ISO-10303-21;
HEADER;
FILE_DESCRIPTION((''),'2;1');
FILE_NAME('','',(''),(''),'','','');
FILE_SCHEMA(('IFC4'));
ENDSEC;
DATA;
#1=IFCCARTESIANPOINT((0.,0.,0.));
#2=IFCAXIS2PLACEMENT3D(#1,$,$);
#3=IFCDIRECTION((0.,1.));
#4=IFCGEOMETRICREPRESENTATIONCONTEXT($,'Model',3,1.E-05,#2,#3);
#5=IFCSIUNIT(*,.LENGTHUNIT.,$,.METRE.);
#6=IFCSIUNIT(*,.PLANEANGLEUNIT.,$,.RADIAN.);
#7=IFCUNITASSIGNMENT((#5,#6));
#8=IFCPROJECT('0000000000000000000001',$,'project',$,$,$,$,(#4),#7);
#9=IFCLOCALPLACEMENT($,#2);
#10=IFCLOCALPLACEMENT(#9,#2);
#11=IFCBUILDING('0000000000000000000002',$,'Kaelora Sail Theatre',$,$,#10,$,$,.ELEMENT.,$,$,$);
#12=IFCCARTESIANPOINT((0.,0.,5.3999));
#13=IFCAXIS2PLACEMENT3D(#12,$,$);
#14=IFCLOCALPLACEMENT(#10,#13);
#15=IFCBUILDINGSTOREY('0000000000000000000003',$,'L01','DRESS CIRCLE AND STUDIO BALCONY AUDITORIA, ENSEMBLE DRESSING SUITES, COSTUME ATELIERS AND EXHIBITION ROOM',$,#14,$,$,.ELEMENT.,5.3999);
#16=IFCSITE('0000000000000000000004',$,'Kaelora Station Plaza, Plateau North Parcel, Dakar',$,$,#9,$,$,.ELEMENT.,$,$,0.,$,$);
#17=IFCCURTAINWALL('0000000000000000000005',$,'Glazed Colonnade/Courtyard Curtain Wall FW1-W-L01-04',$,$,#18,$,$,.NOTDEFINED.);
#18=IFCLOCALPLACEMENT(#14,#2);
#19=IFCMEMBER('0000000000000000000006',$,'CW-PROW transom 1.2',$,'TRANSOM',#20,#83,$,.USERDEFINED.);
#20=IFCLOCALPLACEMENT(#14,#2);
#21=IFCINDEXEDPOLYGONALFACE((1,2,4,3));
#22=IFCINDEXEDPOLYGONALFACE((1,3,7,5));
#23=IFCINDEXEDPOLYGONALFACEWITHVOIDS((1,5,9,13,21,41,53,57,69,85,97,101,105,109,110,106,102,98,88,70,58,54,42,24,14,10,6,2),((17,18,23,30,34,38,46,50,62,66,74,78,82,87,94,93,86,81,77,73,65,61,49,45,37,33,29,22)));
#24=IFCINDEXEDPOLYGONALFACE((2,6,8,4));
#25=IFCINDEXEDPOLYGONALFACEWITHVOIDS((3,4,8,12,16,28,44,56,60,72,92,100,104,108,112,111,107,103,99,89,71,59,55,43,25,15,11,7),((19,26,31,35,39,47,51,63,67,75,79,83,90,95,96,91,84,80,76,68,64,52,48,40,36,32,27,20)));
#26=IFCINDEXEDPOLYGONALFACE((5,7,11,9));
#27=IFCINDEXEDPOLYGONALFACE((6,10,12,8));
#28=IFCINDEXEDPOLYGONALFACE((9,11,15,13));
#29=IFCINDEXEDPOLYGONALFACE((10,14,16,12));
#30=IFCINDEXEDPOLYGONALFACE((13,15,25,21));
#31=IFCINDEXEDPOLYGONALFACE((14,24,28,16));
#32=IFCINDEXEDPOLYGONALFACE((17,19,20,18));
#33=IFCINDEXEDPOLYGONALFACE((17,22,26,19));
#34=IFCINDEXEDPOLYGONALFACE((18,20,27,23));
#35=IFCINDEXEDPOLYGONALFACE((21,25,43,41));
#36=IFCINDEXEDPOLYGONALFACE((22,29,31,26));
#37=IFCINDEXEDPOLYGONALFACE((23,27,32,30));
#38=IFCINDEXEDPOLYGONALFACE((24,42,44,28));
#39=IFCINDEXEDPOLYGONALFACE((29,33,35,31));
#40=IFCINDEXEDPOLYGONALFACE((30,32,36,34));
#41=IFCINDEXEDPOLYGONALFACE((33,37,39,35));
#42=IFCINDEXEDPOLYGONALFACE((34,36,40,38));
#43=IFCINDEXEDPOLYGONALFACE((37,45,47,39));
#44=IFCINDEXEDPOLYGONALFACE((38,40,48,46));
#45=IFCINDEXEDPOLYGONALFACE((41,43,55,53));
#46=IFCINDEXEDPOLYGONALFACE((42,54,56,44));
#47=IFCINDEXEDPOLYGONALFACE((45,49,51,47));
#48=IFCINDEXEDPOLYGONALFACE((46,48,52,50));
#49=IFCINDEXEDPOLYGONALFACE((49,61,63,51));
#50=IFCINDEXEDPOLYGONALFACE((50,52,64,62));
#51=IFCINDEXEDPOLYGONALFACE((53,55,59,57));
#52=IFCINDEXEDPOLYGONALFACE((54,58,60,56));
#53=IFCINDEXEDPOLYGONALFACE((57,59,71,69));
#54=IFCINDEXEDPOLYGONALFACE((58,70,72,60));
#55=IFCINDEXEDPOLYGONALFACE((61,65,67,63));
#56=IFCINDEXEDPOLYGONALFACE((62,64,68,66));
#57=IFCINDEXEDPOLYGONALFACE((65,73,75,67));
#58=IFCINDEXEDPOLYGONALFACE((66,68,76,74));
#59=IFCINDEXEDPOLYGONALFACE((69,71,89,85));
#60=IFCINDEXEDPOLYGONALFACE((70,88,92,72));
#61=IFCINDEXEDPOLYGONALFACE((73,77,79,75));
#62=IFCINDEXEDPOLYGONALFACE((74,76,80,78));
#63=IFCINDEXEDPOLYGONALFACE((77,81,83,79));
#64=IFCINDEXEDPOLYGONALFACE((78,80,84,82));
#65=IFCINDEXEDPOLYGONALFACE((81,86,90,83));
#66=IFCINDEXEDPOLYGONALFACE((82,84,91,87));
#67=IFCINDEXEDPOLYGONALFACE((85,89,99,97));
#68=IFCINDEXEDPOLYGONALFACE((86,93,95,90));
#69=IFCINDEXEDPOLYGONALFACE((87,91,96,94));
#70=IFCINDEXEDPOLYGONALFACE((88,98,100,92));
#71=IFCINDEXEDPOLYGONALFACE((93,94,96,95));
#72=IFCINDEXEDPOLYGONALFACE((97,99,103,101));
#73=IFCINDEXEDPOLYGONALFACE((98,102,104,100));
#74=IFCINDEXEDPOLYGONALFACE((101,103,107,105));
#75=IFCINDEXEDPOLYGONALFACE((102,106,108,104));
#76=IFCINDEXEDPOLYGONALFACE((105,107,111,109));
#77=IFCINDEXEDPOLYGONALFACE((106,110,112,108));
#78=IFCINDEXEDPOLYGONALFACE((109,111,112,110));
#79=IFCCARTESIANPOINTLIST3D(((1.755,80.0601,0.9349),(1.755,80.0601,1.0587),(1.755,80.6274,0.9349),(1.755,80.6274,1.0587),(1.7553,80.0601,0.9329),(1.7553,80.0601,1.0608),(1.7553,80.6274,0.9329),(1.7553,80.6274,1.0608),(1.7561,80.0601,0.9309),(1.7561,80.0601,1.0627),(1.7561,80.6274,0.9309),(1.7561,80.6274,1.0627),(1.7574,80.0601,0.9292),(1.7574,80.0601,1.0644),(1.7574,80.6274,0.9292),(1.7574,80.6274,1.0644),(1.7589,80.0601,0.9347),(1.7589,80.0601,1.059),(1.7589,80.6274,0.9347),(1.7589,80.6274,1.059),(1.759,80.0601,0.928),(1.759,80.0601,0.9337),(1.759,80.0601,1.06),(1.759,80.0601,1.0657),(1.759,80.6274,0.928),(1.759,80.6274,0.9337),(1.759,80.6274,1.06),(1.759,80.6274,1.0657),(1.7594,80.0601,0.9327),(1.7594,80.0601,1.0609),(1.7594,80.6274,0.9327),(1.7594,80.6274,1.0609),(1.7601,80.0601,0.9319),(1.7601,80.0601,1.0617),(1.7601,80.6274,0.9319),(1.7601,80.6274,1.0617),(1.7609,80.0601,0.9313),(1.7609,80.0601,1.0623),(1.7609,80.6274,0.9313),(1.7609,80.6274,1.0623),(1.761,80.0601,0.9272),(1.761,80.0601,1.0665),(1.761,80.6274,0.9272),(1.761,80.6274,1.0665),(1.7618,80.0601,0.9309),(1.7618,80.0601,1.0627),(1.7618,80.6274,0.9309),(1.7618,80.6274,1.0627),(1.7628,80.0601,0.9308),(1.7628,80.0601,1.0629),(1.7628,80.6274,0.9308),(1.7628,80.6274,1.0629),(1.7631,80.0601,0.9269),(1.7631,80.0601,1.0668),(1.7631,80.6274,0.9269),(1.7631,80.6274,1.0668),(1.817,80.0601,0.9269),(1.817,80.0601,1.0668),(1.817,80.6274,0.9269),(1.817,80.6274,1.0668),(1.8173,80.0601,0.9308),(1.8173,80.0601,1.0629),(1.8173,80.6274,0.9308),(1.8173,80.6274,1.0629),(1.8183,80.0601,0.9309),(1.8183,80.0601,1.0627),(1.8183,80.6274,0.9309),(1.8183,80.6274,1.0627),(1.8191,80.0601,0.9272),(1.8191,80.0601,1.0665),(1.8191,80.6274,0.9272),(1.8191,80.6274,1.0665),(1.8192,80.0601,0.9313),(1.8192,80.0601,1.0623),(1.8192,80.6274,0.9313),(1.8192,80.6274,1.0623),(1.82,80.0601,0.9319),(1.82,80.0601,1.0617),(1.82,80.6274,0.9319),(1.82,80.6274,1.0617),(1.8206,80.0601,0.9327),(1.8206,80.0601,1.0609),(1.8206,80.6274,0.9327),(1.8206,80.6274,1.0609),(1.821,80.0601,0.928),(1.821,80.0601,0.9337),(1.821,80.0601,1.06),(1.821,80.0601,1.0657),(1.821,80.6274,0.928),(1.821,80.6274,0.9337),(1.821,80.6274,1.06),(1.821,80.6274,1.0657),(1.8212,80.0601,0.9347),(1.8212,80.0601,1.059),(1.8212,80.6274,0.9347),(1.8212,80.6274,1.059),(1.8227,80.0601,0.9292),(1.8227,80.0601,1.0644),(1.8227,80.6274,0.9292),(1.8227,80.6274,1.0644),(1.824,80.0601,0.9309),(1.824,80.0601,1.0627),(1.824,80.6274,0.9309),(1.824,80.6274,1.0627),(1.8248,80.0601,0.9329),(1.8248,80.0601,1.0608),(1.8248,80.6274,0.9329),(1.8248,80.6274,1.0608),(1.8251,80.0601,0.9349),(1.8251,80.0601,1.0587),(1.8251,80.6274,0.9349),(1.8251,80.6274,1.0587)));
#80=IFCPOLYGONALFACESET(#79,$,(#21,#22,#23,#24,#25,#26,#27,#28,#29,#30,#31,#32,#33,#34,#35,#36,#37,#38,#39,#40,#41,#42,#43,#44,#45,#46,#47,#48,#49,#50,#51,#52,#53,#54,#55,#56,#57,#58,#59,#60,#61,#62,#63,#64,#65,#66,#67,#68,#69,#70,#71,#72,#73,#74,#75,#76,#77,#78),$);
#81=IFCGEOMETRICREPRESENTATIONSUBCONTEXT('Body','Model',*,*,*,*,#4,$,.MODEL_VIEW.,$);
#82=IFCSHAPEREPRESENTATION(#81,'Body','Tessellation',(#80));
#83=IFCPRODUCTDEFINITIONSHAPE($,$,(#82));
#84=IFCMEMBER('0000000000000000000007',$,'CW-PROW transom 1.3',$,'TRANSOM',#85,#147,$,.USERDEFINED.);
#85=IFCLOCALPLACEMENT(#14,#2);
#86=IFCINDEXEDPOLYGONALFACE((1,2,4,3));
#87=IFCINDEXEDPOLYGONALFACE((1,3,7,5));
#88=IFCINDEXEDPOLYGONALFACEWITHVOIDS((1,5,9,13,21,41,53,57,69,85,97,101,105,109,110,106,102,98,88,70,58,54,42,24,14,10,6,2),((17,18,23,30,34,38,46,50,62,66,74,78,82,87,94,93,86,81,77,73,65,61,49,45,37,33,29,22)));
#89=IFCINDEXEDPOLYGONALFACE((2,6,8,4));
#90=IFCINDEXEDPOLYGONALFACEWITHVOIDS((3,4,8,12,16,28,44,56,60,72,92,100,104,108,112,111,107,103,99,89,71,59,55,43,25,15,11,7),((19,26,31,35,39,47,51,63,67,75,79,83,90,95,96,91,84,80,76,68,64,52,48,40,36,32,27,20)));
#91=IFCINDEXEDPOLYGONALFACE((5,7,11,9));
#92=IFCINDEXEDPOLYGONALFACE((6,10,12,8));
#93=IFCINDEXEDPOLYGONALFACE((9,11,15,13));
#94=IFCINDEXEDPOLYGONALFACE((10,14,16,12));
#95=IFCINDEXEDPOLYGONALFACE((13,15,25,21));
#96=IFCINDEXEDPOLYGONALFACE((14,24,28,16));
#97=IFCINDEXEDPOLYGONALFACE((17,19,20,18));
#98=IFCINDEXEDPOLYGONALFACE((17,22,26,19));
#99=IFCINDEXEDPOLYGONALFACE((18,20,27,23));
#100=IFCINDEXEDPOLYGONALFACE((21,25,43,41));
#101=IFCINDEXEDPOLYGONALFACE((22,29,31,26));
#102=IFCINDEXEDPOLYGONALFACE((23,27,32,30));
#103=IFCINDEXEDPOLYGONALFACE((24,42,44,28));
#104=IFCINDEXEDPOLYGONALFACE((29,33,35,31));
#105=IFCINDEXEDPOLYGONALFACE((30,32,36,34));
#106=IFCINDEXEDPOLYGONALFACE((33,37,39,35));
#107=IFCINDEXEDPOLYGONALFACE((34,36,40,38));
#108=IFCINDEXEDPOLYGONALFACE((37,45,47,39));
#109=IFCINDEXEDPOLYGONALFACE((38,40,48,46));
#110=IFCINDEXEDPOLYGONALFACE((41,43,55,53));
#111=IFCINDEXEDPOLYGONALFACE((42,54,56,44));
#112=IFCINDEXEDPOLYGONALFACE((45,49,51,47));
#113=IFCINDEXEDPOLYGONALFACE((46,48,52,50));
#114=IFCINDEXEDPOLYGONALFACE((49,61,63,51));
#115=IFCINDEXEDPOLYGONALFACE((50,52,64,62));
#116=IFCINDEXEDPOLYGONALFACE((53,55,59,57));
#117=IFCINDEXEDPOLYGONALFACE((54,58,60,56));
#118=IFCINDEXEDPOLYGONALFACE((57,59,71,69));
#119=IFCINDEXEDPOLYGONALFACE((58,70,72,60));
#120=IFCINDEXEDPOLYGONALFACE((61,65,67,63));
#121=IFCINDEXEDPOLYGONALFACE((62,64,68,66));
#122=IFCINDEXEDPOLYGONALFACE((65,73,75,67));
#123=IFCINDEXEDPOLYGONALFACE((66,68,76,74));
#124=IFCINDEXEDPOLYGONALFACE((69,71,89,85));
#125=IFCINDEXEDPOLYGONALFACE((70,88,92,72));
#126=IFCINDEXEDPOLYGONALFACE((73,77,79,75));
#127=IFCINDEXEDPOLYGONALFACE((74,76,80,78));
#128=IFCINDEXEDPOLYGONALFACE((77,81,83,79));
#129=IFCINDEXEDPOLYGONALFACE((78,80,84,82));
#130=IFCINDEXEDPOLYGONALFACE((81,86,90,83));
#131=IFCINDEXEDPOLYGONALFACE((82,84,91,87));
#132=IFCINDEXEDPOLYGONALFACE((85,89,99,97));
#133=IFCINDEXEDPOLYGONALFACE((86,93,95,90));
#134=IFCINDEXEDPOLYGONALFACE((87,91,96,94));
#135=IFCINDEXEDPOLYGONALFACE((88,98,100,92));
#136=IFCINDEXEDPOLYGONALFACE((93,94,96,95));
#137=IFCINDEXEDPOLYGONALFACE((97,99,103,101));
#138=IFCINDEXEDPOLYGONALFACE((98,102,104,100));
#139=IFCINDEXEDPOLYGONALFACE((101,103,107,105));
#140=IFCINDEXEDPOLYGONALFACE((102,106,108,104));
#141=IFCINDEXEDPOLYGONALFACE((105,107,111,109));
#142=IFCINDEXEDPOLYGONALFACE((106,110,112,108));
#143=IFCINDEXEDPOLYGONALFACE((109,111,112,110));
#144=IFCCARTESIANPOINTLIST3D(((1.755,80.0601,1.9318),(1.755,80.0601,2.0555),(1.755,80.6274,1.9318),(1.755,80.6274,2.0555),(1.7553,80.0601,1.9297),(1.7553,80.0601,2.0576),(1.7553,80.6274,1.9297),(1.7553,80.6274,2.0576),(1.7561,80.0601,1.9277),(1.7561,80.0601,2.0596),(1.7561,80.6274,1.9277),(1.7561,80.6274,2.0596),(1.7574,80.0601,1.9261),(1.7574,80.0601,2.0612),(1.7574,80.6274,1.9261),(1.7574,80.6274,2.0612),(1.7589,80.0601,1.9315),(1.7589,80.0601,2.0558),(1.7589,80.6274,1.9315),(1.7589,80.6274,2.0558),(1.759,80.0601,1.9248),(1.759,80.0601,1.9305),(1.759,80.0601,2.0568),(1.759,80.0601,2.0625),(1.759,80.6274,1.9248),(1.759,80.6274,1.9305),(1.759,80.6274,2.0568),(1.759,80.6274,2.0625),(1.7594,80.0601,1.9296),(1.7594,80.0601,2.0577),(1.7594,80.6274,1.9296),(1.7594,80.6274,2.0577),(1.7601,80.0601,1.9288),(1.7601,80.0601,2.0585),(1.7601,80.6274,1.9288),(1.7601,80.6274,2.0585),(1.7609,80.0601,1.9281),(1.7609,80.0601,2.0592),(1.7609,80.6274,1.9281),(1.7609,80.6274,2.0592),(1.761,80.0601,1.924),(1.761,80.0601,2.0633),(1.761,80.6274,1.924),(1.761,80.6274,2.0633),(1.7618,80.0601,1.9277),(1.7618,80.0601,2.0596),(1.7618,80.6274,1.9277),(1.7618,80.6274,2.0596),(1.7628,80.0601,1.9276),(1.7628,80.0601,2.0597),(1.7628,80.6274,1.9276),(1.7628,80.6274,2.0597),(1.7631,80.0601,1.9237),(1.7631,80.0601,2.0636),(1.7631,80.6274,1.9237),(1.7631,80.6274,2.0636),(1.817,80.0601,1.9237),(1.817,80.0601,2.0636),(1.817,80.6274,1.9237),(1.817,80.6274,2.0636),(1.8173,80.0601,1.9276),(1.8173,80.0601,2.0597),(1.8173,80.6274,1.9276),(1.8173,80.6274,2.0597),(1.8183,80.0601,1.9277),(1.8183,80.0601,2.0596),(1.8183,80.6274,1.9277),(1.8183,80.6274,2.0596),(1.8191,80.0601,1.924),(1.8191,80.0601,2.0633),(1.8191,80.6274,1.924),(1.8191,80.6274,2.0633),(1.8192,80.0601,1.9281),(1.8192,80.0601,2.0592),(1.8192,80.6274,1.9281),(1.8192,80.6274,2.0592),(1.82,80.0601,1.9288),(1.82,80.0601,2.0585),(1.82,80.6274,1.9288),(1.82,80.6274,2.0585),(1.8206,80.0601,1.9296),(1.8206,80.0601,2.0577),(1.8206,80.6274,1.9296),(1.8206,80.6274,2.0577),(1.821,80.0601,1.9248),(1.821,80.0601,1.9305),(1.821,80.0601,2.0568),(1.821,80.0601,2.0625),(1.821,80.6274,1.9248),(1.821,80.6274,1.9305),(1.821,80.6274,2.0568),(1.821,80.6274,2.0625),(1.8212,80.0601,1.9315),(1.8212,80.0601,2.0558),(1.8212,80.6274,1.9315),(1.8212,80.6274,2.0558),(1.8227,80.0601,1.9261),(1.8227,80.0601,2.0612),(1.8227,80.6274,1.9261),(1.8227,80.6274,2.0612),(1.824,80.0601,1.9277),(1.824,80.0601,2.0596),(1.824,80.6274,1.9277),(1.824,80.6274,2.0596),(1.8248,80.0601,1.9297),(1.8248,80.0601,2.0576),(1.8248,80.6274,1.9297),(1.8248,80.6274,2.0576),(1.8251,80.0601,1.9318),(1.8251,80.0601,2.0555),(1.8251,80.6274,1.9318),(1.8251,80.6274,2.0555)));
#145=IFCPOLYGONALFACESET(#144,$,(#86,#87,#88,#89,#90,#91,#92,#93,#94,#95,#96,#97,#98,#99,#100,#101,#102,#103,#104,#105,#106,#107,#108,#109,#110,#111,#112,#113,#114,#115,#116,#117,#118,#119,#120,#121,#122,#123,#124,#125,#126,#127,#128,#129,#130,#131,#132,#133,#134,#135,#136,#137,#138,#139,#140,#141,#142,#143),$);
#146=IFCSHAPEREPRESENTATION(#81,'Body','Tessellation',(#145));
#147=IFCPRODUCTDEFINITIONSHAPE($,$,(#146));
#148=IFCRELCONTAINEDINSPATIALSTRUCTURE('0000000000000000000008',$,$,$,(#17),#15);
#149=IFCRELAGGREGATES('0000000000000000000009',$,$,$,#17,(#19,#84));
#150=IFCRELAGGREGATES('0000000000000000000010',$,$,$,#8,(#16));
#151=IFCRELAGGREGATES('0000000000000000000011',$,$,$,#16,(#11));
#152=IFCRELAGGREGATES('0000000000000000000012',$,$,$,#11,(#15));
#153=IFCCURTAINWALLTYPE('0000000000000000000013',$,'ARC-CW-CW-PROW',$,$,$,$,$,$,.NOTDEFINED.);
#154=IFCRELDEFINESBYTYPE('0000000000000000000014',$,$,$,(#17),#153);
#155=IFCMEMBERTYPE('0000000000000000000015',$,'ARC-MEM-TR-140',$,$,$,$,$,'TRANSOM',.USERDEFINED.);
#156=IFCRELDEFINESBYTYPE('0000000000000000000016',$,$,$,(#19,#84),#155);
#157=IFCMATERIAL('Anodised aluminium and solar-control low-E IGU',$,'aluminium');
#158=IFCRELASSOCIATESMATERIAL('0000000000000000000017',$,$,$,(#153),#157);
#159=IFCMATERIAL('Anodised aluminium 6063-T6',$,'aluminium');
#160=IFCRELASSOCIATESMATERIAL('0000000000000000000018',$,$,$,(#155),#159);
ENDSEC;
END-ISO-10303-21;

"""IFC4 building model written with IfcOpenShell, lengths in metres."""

from ifc_helpers import new_model, si_unit, direction, frame, origin, origin_2d, place, context, subcontext, project, spatial, hollow_rectangle, extrude, material, material_profile, profile_set, type_object, element, aggregate, save


model = new_model("IFC4")

# Units and contexts
model_context = context("Model", 3, precision=1e-05, world=origin(), true_north=direction((0.0, 1.0)))
body_context = subcontext(model_context, "Body", "Model", "MODEL_VIEW")
ifc_project = project(units=[si_unit("LENGTHUNIT", "METRE"), si_unit("PLANEANGLEUNIT", "RADIAN")], contexts=[model_context])

# Site, building, storey
site_placement = place(None, origin())
site = spatial("IfcSite", under=ifc_project, at=site_placement, Name="Kaelora Station Plaza, Plateau North Parcel, Dakar", CompositionType="ELEMENT", RefElevation=0.0)
building_placement = place(site_placement, origin())
building = spatial("IfcBuilding", under=site, at=building_placement, Name="Kaelora Sail Theatre", CompositionType="ELEMENT")
storey_placement = place(building_placement, frame((0.0, 0.0, 5.3999)))
storey = spatial("IfcBuildingStorey", under=building, at=storey_placement, Name="L01", Description="DRESS CIRCLE AND STUDIO BALCONY AUDITORIA, ENSEMBLE DRESSING SUITES, COSTUME ATELIERS AND EXHIBITION ROOM", CompositionType="ELEMENT", Elevation=5.3999)

# Shared definitions
ifc_material_1 = material(Name="Anodised aluminium and solar-control low-E IGU", Category="aluminium")
curtain_wall_type = type_object("IfcCurtainWallType", Name="ARC-CW-CW-PROW", PredefinedType="NOTDEFINED", material=ifc_material_1)

# Curtain wall, members
curtain_wall_1_placement = place(storey_placement, origin())
curtain_wall_1 = element("IfcCurtainWall", 1, at=curtain_wall_1_placement, inside=storey, type_object=curtain_wall_type, Name="Glazed Colonnade/Courtyard Curtain Wall FW1-W-L01-04", PredefinedType="NOTDEFINED")
ifc_material_2 = material(Name="Anodised aluminium 6063-T6", Category="aluminium")
ifc_material_profile_1 = material_profile(ifc_material_2, hollow_rectangle(XDim=0.0701, YDim=0.1399, WallThickness=0.0039, InnerFilletRadius=0.0039, OuterFilletRadius=0.0081, at=origin_2d()), Name="ALU-TRAN 70x140x4")
ifc_profile_set_1 = profile_set([ifc_material_profile_1], Name="Anodised aluminium 6063-T6")
member_type_1 = type_object("IfcMemberType", Name="ARC-MEM-TR-140", ElementType="TRANSOM", PredefinedType="USERDEFINED", material=ifc_profile_set_1)
member_1_placement = place(storey_placement, frame((1.79, 80.0601, 0.9968), z_axis=(0.0, 1.0, 0.0), x_axis=(-1.0, 0.0, 0.0)))
member_1 = element("IfcMember", 2, at=member_1_placement, type_object=member_type_1, Name="CW-PROW transom 1.2", ObjectType="TRANSOM", PredefinedType="USERDEFINED", context=body_context, shape_type="SweptSolid", body=[
    extrude(hollow_rectangle(XDim=0.0701, YDim=0.1399, WallThickness=0.0039, InnerFilletRadius=0.0039, OuterFilletRadius=0.0081, at=origin_2d()), origin(), (0.0, 0.0, 1.0), 0.5674),
])
member_2_placement = place(storey_placement, frame((1.79, 80.0601, 1.9937), z_axis=(0.0, 1.0, 0.0), x_axis=(-1.0, 0.0, 0.0)))
member_2 = element("IfcMember", 3, at=member_2_placement, type_object=member_type_1, Name="CW-PROW transom 1.3", ObjectType="TRANSOM", PredefinedType="USERDEFINED", context=body_context, shape_type="SweptSolid", body=[
    extrude(hollow_rectangle(XDim=0.0701, YDim=0.1399, WallThickness=0.0039, InnerFilletRadius=0.0039, OuterFilletRadius=0.0081, at=origin_2d()), origin(), (0.0, 0.0, 1.0), 0.5674),
])

aggregate(curtain_wall_1, [member_1, member_2])

save(model, "model.ifc")
